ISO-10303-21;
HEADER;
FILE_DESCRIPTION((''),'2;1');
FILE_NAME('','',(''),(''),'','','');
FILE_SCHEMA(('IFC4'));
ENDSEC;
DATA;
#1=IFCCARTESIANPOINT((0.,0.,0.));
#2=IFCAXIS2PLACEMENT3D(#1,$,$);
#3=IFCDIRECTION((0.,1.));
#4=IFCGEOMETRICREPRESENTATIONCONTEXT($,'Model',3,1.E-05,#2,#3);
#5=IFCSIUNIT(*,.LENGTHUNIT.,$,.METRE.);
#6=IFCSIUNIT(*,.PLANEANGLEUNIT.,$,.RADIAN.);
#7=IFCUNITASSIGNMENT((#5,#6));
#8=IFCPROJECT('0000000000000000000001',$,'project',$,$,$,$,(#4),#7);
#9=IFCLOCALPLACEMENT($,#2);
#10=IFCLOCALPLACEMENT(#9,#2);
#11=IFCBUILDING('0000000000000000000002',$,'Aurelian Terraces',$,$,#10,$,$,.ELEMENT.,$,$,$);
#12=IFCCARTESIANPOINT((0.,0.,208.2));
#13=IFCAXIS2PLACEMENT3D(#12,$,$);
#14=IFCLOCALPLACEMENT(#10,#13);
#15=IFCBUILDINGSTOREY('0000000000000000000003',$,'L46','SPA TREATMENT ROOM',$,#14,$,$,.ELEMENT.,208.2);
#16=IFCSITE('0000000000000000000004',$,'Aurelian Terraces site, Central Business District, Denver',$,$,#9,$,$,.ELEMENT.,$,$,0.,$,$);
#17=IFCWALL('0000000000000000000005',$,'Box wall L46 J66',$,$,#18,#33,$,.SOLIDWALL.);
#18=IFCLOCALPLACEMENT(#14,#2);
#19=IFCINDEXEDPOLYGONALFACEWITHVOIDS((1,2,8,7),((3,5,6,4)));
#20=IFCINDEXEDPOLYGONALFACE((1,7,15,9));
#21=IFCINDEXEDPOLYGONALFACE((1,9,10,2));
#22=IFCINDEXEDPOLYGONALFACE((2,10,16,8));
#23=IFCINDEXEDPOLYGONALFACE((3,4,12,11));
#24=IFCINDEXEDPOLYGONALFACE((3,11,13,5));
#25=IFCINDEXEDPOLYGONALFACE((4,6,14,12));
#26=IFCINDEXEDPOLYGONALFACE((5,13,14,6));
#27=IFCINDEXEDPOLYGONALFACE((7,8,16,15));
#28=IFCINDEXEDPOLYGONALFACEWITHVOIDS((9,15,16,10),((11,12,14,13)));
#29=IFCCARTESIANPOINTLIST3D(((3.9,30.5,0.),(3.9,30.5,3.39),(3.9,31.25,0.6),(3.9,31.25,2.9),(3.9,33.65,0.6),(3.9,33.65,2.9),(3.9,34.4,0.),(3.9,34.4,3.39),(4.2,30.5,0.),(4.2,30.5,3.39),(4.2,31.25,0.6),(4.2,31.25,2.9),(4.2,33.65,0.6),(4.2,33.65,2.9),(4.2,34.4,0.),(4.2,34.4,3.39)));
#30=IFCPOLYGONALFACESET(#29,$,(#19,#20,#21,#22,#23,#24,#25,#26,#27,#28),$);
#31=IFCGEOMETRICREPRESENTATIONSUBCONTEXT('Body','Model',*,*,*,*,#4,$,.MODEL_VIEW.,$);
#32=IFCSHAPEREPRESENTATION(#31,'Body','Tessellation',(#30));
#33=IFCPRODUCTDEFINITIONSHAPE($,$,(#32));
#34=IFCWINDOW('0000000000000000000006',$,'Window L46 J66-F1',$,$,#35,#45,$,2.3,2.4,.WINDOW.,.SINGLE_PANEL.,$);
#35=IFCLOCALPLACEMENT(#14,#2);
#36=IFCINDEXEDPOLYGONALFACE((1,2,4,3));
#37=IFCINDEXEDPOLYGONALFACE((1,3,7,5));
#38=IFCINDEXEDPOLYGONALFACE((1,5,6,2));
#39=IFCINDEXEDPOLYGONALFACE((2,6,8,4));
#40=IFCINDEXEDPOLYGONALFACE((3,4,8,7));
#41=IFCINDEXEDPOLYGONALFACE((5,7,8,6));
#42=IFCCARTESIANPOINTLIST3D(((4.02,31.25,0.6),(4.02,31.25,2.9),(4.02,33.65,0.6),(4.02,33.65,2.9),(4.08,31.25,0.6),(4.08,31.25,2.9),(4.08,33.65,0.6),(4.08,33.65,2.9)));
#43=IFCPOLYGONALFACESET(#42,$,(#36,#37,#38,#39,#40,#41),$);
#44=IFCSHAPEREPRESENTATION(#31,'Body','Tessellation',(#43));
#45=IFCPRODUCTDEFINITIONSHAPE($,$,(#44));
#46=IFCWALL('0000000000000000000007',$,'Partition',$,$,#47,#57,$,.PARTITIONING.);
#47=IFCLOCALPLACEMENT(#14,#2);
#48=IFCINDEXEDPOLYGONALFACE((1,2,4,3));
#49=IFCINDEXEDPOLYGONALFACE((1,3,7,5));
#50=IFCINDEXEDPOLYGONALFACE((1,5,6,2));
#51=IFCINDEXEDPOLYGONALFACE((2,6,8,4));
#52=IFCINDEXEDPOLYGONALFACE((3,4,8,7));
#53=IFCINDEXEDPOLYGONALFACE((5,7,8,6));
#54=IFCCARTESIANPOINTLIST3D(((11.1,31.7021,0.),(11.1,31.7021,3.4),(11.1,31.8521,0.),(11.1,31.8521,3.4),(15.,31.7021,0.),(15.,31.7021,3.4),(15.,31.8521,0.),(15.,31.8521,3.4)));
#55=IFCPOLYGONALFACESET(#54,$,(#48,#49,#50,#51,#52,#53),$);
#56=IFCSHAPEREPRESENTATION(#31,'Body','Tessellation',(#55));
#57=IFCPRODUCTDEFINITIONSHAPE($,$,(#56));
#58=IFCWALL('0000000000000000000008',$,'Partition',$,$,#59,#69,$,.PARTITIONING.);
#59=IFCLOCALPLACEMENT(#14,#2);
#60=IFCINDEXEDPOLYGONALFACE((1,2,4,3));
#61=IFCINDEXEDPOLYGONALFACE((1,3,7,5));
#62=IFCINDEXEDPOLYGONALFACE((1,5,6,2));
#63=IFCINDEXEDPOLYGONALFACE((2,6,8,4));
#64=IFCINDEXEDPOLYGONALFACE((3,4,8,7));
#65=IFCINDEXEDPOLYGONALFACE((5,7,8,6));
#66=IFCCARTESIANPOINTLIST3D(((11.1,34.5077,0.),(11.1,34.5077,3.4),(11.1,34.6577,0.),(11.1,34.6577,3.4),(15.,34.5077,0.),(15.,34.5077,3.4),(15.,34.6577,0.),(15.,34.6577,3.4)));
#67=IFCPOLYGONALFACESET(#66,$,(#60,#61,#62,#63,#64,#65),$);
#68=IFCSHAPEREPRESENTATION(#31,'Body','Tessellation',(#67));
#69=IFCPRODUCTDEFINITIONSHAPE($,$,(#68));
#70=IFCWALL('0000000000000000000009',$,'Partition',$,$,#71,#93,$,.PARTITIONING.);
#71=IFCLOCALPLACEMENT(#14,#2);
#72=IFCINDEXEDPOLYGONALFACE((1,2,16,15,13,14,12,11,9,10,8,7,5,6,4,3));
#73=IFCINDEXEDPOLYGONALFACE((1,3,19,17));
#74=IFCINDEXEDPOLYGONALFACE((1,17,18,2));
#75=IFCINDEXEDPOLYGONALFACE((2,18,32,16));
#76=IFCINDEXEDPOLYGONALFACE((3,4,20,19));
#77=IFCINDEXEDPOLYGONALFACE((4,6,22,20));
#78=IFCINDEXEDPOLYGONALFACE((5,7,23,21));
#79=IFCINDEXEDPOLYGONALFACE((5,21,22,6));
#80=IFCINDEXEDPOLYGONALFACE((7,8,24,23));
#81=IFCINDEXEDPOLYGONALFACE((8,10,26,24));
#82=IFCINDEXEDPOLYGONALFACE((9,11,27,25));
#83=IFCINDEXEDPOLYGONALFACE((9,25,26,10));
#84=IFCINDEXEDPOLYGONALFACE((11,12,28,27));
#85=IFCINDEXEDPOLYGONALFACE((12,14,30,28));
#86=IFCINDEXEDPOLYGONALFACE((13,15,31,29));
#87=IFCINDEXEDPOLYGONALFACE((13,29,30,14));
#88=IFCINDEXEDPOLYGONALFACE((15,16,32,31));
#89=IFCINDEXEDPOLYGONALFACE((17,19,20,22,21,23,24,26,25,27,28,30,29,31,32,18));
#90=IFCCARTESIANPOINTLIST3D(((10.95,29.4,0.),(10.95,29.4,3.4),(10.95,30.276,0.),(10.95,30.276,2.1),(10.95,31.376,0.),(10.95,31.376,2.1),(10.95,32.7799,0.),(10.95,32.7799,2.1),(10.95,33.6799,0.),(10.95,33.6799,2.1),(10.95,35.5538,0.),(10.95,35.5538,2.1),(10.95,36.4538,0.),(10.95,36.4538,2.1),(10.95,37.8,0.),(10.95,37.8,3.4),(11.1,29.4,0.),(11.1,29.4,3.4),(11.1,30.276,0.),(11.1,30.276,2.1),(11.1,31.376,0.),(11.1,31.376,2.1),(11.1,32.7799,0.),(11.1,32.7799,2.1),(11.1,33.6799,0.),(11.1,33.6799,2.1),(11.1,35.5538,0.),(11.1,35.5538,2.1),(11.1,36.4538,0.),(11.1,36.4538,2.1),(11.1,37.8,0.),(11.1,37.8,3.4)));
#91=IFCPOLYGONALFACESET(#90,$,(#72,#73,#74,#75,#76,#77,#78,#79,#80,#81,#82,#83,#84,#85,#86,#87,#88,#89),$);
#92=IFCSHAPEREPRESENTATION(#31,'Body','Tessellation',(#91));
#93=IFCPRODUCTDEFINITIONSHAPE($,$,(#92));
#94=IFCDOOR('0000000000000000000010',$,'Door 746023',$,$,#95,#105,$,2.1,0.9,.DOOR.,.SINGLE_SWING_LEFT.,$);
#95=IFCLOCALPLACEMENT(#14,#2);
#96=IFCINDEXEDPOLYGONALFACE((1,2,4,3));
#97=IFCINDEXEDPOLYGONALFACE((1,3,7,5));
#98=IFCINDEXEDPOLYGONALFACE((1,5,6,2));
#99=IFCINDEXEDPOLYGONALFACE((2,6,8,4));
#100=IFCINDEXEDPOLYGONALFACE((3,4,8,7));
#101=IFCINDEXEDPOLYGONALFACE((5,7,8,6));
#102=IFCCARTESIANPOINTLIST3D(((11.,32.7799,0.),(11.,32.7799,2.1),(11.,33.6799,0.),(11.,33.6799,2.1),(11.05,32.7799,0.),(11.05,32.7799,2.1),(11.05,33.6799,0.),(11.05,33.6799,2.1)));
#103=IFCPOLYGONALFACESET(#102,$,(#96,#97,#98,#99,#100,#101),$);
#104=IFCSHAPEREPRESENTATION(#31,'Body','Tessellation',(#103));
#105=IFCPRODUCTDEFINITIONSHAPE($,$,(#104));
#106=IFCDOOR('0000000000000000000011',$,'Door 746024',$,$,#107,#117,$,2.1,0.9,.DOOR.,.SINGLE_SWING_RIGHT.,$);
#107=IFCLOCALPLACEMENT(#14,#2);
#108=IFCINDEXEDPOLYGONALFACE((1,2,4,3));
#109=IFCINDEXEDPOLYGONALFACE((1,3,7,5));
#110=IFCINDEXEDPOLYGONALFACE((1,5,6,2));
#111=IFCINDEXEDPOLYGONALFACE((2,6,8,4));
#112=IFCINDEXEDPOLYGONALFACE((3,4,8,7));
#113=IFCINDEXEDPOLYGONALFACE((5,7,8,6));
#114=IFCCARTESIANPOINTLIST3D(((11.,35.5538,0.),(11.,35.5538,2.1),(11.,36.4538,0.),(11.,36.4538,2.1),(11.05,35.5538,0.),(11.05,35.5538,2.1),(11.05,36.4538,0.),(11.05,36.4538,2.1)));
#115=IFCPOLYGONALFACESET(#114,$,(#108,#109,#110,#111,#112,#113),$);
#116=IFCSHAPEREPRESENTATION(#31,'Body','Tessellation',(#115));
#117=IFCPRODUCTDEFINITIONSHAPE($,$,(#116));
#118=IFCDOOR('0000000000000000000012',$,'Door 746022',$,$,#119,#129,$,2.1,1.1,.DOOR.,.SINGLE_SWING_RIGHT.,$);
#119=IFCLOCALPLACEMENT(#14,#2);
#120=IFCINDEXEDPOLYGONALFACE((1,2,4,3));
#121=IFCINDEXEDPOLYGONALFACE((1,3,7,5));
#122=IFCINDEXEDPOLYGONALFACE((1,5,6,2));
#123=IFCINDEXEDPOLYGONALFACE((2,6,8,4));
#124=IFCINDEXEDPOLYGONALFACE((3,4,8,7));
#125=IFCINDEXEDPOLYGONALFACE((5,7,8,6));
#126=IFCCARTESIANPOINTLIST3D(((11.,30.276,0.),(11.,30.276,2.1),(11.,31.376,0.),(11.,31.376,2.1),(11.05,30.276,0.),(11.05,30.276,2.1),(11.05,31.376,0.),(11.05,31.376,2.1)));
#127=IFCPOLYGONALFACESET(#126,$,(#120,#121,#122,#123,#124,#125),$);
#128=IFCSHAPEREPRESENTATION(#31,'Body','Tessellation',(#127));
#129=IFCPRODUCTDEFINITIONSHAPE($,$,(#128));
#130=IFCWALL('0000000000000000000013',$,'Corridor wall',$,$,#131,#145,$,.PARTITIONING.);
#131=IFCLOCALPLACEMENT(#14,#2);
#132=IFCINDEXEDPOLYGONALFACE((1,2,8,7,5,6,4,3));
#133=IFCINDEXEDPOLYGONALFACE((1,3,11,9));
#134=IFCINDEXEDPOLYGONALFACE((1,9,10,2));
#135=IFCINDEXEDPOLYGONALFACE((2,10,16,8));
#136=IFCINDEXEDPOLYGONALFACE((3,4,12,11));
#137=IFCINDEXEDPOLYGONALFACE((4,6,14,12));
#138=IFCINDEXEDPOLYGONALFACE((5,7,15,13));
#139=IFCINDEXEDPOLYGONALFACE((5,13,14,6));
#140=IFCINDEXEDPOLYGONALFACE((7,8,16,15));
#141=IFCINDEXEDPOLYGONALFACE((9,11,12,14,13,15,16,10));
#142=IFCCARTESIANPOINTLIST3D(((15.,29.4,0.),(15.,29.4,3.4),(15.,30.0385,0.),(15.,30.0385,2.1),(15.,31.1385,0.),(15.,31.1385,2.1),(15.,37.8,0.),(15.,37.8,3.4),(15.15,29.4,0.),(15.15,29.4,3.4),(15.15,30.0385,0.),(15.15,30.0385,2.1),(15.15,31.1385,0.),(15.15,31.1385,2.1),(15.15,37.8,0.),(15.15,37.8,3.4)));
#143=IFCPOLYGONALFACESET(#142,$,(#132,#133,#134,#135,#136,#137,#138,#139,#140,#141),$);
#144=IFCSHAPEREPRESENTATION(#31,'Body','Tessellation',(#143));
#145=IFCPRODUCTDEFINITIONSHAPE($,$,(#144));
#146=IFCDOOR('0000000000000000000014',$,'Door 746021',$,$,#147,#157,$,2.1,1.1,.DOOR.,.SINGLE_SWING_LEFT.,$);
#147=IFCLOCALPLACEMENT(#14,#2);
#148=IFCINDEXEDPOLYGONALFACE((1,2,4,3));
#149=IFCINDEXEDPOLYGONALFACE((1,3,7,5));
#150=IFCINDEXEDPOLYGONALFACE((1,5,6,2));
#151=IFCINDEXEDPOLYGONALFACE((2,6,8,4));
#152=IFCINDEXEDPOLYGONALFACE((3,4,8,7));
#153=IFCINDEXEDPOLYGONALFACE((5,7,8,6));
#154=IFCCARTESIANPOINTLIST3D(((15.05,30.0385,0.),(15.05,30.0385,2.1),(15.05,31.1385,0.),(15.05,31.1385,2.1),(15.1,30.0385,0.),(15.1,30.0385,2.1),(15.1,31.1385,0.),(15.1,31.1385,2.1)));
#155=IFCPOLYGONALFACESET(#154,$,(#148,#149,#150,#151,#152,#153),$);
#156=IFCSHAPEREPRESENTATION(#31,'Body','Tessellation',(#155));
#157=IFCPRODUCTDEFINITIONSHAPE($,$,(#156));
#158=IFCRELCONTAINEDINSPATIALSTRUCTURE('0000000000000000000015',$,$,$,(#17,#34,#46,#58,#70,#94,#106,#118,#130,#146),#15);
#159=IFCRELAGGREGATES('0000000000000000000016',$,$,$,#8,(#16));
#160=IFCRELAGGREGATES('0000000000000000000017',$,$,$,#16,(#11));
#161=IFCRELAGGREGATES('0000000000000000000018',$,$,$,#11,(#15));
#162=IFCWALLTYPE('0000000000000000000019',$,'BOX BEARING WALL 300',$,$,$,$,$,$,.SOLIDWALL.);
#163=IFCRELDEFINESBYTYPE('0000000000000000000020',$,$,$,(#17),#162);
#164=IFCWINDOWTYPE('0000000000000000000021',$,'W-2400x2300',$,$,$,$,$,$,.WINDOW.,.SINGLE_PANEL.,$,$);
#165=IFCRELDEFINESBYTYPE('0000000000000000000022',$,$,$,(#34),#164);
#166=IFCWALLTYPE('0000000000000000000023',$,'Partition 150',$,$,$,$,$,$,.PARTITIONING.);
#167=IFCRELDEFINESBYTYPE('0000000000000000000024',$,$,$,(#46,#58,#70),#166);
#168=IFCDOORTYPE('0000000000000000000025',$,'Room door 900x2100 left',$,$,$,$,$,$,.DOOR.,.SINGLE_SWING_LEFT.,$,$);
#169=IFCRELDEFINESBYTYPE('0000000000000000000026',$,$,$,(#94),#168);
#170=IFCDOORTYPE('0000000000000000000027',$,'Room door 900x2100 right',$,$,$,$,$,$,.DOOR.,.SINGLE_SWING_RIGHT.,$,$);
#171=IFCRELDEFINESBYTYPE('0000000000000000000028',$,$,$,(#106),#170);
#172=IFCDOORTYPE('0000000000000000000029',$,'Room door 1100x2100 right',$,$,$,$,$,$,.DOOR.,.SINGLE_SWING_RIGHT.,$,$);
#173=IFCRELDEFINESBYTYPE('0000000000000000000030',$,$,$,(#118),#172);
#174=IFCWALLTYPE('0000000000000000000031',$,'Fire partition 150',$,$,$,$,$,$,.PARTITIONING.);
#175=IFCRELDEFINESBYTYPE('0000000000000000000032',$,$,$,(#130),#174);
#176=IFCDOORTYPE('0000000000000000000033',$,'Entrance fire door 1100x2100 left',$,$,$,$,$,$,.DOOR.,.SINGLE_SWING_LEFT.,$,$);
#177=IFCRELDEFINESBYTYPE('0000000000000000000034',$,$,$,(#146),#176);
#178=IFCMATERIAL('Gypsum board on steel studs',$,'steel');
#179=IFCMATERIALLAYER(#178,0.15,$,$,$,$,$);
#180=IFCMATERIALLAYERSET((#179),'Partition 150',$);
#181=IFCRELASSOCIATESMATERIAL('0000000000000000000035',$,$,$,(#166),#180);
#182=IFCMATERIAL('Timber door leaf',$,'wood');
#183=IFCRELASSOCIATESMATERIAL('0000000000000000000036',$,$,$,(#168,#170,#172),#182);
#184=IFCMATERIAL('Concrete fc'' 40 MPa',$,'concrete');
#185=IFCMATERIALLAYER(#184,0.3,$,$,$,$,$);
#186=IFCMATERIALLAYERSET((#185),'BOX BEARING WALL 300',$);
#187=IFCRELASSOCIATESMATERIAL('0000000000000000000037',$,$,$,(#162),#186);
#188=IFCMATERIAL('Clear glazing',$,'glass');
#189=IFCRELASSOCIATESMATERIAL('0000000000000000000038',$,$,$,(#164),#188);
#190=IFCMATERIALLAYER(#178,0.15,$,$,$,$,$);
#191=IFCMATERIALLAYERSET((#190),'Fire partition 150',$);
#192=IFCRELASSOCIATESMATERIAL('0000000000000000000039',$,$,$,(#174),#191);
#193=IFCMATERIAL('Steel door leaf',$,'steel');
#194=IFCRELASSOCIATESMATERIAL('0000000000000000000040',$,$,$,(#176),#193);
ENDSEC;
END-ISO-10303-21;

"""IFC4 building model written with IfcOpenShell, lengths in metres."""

from ifc_helpers import new_model, si_unit, direction, frame, frame_2d, origin, place, context, subcontext, project, spatial, rectangle, extrude, source, transform, mapped, material, layer, layer_set, type_object, element, fill, save


model = new_model("IFC4")

# Units and contexts
model_context = context("Model", 3, precision=1e-05, world=origin(), true_north=direction((0.0, 1.0)))
body_context = subcontext(model_context, "Body", "Model", "MODEL_VIEW")
ifc_project = project(units=[si_unit("LENGTHUNIT", "METRE"), si_unit("PLANEANGLEUNIT", "RADIAN")], contexts=[model_context])

# Site, building, storey
site_placement = place(None, origin())
site = spatial("IfcSite", under=ifc_project, at=site_placement, Name="Aurelian Terraces site, Central Business District, Denver", CompositionType="ELEMENT", RefElevation=0.0)
building_placement = place(site_placement, origin())
building = spatial("IfcBuilding", under=site, at=building_placement, Name="Aurelian Terraces", CompositionType="ELEMENT")
storey_placement = place(building_placement, frame((0.0, 0.0, 208.2)))
storey = spatial("IfcBuildingStorey", under=building, at=storey_placement, Name="L46", Description="SPA TREATMENT ROOM", CompositionType="ELEMENT", Elevation=208.2)

# Shared definitions
ifc_material_1 = material(Name="Gypsum board on steel studs", Category="steel")
ifc_layer_1 = layer(ifc_material_1, 0.15)
ifc_layer_set_1 = layer_set([ifc_layer_1], Name="Partition 150")
wall_type_1 = type_object("IfcWallType", Name="Partition 150", PredefinedType="PARTITIONING", material=ifc_layer_set_1)
shared_shape_1 = source(origin(), body_context, "Body", "SweptSolid", [
    extrude(rectangle(XDim=0.9, YDim=2.1, at=frame_2d((0.45, 1.05))), frame((0.0, 0.085, 0.0), z_axis=(0.0, -1.0, 0.0), x_axis=(1.0, 0.0, 0.0)), (0.0, 0.0, 1.0), 0.17),
])
ifc_material_2 = material(Name="Timber door leaf", Category="wood")
door_type_1 = type_object("IfcDoorType", Name="Room door 900x2100 left", OperationType="SINGLE_SWING_LEFT", PredefinedType="DOOR", material=ifc_material_2)
shared_shape_2 = source(origin(), body_context, "Body", "SweptSolid", [
    extrude(rectangle(XDim=0.9, YDim=2.1, at=frame_2d((0.45, 1.05))), frame((0.0, 0.025, 0.0), z_axis=(0.0, -1.0, 0.0), x_axis=(1.0, 0.0, 0.0)), (0.0, 0.0, 1.0), 0.05),
])
door_type_2 = type_object("IfcDoorType", Name="Room door 900x2100 right", OperationType="SINGLE_SWING_RIGHT", PredefinedType="DOOR", material=ifc_material_2)

# Shared definitions
ifc_material_3 = material(Name="Steel door leaf", Category="steel")

# Shared definitions
ifc_material_4 = material(Name="Concrete fc' 40 MPa", Category="concrete")

# Wall, opening, window
ifc_layer_2 = layer(ifc_material_4, 0.3)
ifc_layer_set_2 = layer_set([ifc_layer_2], Name="BOX BEARING WALL 300")
wall_type_2 = type_object("IfcWallType", Name="BOX BEARING WALL 300", PredefinedType="SOLIDWALL", material=ifc_layer_set_2)
shared_shape_3 = source(origin(), body_context, "Body", "SweptSolid", [
    extrude(rectangle(XDim=3.9, YDim=0.3, at=frame_2d((1.95, 0.0))), origin(), (0.0, 0.0, 1.0), 3.39),
])
wall_1_placement = place(storey_placement, frame((4.05, 34.4, 0.0), z_axis=(0.0, 0.0, 1.0), x_axis=(0.0, -1.0, 0.0)))
wall_1 = element("IfcWall", 1, at=wall_1_placement, inside=storey, type_object=wall_type_2, Name="Box wall L46 J66", PredefinedType="SOLIDWALL", context=body_context, shape_type="MappedRepresentation", body=[
    mapped(shared_shape_3, transform((0.0, 0.0, 0.0), scale=1.0)),
])
shared_shape_4 = source(origin(), body_context, "Body", "SweptSolid", [
    extrude(rectangle(XDim=2.4, YDim=2.3, at=frame_2d((1.2, 1.15))), frame((0.0, 0.16, 0.0), z_axis=(0.0, -1.0, 0.0), x_axis=(1.0, 0.0, 0.0)), (0.0, 0.0, 1.0), 0.32),
])
opening_1_placement = place(wall_1_placement, frame((0.75, 0.0, 0.6)))
opening_1 = element("IfcOpeningElement", 2, at=opening_1_placement, cuts=wall_1, PredefinedType="OPENING", context=body_context, shape_type="MappedRepresentation", body=[
    mapped(shared_shape_4, transform((0.0, 0.0, 0.0), scale=1.0)),
])
ifc_material_5 = material(Name="Clear glazing", Category="glass")
window_type = type_object("IfcWindowType", Name="W-2400x2300", PartitioningType="SINGLE_PANEL", PredefinedType="WINDOW", material=ifc_material_5)
shared_shape_5 = source(origin(), body_context, "Body", "SweptSolid", [
    extrude(rectangle(XDim=2.4, YDim=2.3, at=frame_2d((1.2, 1.15))), frame((0.0, 0.03, 0.0), z_axis=(0.0, -1.0, 0.0), x_axis=(1.0, 0.0, 0.0)), (0.0, 0.0, 1.0), 0.06),
])
window_placement = place(opening_1_placement, origin())
window = element("IfcWindow", 3, at=window_placement, inside=storey, type_object=window_type, Name="Window L46 J66-F1", OverallHeight=2.3, OverallWidth=2.4, PartitioningType="SINGLE_PANEL", PredefinedType="WINDOW", context=body_context, shape_type="MappedRepresentation", body=[
    mapped(shared_shape_5, transform((0.0, 0.0, 0.0), scale=1.0)),
])
fill(opening_1, window)

# Walls
shared_shape_6 = source(origin(), body_context, "Body", "SweptSolid", [
    extrude(rectangle(XDim=3.9, YDim=0.15, at=frame_2d((1.95, 0.0))), origin(), (0.0, 0.0, 1.0), 3.4),
])
for number, where, z_axis, x_axis, name in (
    (4, (15.0, 31.7771, 0.0), (0.0, 0.0, 1.0), (-1.0, 0.0, 0.0), "Partition"),
    (5, (15.0, 34.5827, 0.0), (0.0, 0.0, 1.0), (-1.0, 0.0, 0.0), "Partition"),
):
    element("IfcWall", number, at=place(storey_placement, frame(where, z_axis=z_axis, x_axis=x_axis)), inside=storey, type_object=wall_type_1, Name=name, PredefinedType="PARTITIONING", context=body_context, shape_type="MappedRepresentation", body=[
        mapped(shared_shape_6, transform((0.0, 0.0, 0.0), scale=1.0)),
    ])

# Wall, openings, doors
shared_shape_7 = source(origin(), body_context, "Body", "SweptSolid", [
    extrude(rectangle(XDim=8.4, YDim=0.15, at=frame_2d((4.2, 0.0))), origin(), (0.0, 0.0, 1.0), 3.4),
])
wall_2_placement = place(storey_placement, frame((11.025, 29.4, 0.0), z_axis=(0.0, 0.0, 1.0), x_axis=(0.0, 1.0, 0.0)))
wall_2 = element("IfcWall", 6, at=wall_2_placement, inside=storey, type_object=wall_type_1, Name="Partition", PredefinedType="PARTITIONING", context=body_context, shape_type="MappedRepresentation", body=[
    mapped(shared_shape_7, transform((0.0, 0.0, 0.0), scale=1.0)),
])
shared_shape_8 = source(origin(), body_context, "Body", "SweptSolid", [
    extrude(rectangle(XDim=1.1, YDim=2.1, at=frame_2d((0.55, 1.05))), frame((0.0, 0.085, 0.0), z_axis=(0.0, -1.0, 0.0), x_axis=(1.0, 0.0, 0.0)), (0.0, 0.0, 1.0), 0.17),
])
opening_2_placement = place(wall_2_placement, frame((0.876, 0.0, 0.0)))
opening_2 = element("IfcOpeningElement", 7, at=opening_2_placement, cuts=wall_2, PredefinedType="OPENING", context=body_context, shape_type="MappedRepresentation", body=[
    mapped(shared_shape_8, transform((0.0, 0.0, 0.0), scale=1.0)),
])
opening_3_placement = place(wall_2_placement, frame((3.3799, 0.0, 0.0)))
opening_3 = element("IfcOpeningElement", 8, at=opening_3_placement, cuts=wall_2, PredefinedType="OPENING", context=body_context, shape_type="MappedRepresentation", body=[
    mapped(shared_shape_1, transform((0.0, 0.0, 0.0), scale=1.0)),
])
opening_4_placement = place(wall_2_placement, frame((6.1538, 0.0, 0.0)))
opening_4 = element("IfcOpeningElement", 9, at=opening_4_placement, cuts=wall_2, PredefinedType="OPENING", context=body_context, shape_type="MappedRepresentation", body=[
    mapped(shared_shape_1, transform((0.0, 0.0, 0.0), scale=1.0)),
])
door_1_placement = place(opening_3_placement, origin())
door_1 = element("IfcDoor", 10, at=door_1_placement, inside=storey, type_object=door_type_1, Name="Door 746023", OperationType="SINGLE_SWING_LEFT", OverallHeight=2.1, OverallWidth=0.9, PredefinedType="DOOR", context=body_context, shape_type="MappedRepresentation", body=[
    mapped(shared_shape_2, transform((0.0, 0.0, 0.0), scale=1.0)),
])
fill(opening_3, door_1)
door_2_placement = place(opening_4_placement, origin())
door_2 = element("IfcDoor", 11, at=door_2_placement, inside=storey, type_object=door_type_2, Name="Door 746024", OperationType="SINGLE_SWING_RIGHT", OverallHeight=2.1, OverallWidth=0.9, PredefinedType="DOOR", context=body_context, shape_type="MappedRepresentation", body=[
    mapped(shared_shape_2, transform((0.0, 0.0, 0.0), scale=1.0)),
])
fill(opening_4, door_2)
door_type_3 = type_object("IfcDoorType", Name="Room door 1100x2100 right", OperationType="SINGLE_SWING_RIGHT", PredefinedType="DOOR", material=ifc_material_2)
shared_shape_9 = source(origin(), body_context, "Body", "SweptSolid", [
    extrude(rectangle(XDim=1.1, YDim=2.1, at=frame_2d((0.55, 1.05))), frame((0.0, 0.025, 0.0), z_axis=(0.0, -1.0, 0.0), x_axis=(1.0, 0.0, 0.0)), (0.0, 0.0, 1.0), 0.05),
])
door_3_placement = place(opening_2_placement, origin())
door_3 = element("IfcDoor", 12, at=door_3_placement, inside=storey, type_object=door_type_3, Name="Door 746022", OperationType="SINGLE_SWING_RIGHT", OverallHeight=2.1, OverallWidth=1.1, PredefinedType="DOOR", context=body_context, shape_type="MappedRepresentation", body=[
    mapped(shared_shape_9, transform((0.0, 0.0, 0.0), scale=1.0)),
])
fill(opening_2, door_3)

# Wall, opening, door
ifc_layer_3 = layer(ifc_material_1, 0.15)
ifc_layer_set_3 = layer_set([ifc_layer_3], Name="Fire partition 150")
wall_type_3 = type_object("IfcWallType", Name="Fire partition 150", PredefinedType="PARTITIONING", material=ifc_layer_set_3)
wall_3_placement = place(storey_placement, frame((15.075, 29.4, 0.0), z_axis=(0.0, 0.0, 1.0), x_axis=(0.0, 1.0, 0.0)))
wall_3 = element("IfcWall", 13, at=wall_3_placement, inside=storey, type_object=wall_type_3, Name="Corridor wall", PredefinedType="PARTITIONING", context=body_context, shape_type="MappedRepresentation", body=[
    mapped(shared_shape_7, transform((0.0, 0.0, 0.0), scale=1.0)),
])
opening_5_placement = place(wall_3_placement, frame((0.6385, 0.0, 0.0)))
opening_5 = element("IfcOpeningElement", 14, at=opening_5_placement, cuts=wall_3, PredefinedType="OPENING", context=body_context, shape_type="MappedRepresentation", body=[
    mapped(shared_shape_8, transform((0.0, 0.0, 0.0), scale=1.0)),
])
door_type_4 = type_object("IfcDoorType", Name="Entrance fire door 1100x2100 left", OperationType="SINGLE_SWING_LEFT", PredefinedType="DOOR", material=ifc_material_3)
door_4_placement = place(opening_5_placement, origin())
door_4 = element("IfcDoor", 15, at=door_4_placement, inside=storey, type_object=door_type_4, Name="Door 746021", OperationType="SINGLE_SWING_LEFT", OverallHeight=2.1, OverallWidth=1.1, PredefinedType="DOOR", context=body_context, shape_type="MappedRepresentation", body=[
    mapped(shared_shape_9, transform((0.0, 0.0, 0.0), scale=1.0)),
])
fill(opening_5, door_4)

save(model, "model.ifc")
